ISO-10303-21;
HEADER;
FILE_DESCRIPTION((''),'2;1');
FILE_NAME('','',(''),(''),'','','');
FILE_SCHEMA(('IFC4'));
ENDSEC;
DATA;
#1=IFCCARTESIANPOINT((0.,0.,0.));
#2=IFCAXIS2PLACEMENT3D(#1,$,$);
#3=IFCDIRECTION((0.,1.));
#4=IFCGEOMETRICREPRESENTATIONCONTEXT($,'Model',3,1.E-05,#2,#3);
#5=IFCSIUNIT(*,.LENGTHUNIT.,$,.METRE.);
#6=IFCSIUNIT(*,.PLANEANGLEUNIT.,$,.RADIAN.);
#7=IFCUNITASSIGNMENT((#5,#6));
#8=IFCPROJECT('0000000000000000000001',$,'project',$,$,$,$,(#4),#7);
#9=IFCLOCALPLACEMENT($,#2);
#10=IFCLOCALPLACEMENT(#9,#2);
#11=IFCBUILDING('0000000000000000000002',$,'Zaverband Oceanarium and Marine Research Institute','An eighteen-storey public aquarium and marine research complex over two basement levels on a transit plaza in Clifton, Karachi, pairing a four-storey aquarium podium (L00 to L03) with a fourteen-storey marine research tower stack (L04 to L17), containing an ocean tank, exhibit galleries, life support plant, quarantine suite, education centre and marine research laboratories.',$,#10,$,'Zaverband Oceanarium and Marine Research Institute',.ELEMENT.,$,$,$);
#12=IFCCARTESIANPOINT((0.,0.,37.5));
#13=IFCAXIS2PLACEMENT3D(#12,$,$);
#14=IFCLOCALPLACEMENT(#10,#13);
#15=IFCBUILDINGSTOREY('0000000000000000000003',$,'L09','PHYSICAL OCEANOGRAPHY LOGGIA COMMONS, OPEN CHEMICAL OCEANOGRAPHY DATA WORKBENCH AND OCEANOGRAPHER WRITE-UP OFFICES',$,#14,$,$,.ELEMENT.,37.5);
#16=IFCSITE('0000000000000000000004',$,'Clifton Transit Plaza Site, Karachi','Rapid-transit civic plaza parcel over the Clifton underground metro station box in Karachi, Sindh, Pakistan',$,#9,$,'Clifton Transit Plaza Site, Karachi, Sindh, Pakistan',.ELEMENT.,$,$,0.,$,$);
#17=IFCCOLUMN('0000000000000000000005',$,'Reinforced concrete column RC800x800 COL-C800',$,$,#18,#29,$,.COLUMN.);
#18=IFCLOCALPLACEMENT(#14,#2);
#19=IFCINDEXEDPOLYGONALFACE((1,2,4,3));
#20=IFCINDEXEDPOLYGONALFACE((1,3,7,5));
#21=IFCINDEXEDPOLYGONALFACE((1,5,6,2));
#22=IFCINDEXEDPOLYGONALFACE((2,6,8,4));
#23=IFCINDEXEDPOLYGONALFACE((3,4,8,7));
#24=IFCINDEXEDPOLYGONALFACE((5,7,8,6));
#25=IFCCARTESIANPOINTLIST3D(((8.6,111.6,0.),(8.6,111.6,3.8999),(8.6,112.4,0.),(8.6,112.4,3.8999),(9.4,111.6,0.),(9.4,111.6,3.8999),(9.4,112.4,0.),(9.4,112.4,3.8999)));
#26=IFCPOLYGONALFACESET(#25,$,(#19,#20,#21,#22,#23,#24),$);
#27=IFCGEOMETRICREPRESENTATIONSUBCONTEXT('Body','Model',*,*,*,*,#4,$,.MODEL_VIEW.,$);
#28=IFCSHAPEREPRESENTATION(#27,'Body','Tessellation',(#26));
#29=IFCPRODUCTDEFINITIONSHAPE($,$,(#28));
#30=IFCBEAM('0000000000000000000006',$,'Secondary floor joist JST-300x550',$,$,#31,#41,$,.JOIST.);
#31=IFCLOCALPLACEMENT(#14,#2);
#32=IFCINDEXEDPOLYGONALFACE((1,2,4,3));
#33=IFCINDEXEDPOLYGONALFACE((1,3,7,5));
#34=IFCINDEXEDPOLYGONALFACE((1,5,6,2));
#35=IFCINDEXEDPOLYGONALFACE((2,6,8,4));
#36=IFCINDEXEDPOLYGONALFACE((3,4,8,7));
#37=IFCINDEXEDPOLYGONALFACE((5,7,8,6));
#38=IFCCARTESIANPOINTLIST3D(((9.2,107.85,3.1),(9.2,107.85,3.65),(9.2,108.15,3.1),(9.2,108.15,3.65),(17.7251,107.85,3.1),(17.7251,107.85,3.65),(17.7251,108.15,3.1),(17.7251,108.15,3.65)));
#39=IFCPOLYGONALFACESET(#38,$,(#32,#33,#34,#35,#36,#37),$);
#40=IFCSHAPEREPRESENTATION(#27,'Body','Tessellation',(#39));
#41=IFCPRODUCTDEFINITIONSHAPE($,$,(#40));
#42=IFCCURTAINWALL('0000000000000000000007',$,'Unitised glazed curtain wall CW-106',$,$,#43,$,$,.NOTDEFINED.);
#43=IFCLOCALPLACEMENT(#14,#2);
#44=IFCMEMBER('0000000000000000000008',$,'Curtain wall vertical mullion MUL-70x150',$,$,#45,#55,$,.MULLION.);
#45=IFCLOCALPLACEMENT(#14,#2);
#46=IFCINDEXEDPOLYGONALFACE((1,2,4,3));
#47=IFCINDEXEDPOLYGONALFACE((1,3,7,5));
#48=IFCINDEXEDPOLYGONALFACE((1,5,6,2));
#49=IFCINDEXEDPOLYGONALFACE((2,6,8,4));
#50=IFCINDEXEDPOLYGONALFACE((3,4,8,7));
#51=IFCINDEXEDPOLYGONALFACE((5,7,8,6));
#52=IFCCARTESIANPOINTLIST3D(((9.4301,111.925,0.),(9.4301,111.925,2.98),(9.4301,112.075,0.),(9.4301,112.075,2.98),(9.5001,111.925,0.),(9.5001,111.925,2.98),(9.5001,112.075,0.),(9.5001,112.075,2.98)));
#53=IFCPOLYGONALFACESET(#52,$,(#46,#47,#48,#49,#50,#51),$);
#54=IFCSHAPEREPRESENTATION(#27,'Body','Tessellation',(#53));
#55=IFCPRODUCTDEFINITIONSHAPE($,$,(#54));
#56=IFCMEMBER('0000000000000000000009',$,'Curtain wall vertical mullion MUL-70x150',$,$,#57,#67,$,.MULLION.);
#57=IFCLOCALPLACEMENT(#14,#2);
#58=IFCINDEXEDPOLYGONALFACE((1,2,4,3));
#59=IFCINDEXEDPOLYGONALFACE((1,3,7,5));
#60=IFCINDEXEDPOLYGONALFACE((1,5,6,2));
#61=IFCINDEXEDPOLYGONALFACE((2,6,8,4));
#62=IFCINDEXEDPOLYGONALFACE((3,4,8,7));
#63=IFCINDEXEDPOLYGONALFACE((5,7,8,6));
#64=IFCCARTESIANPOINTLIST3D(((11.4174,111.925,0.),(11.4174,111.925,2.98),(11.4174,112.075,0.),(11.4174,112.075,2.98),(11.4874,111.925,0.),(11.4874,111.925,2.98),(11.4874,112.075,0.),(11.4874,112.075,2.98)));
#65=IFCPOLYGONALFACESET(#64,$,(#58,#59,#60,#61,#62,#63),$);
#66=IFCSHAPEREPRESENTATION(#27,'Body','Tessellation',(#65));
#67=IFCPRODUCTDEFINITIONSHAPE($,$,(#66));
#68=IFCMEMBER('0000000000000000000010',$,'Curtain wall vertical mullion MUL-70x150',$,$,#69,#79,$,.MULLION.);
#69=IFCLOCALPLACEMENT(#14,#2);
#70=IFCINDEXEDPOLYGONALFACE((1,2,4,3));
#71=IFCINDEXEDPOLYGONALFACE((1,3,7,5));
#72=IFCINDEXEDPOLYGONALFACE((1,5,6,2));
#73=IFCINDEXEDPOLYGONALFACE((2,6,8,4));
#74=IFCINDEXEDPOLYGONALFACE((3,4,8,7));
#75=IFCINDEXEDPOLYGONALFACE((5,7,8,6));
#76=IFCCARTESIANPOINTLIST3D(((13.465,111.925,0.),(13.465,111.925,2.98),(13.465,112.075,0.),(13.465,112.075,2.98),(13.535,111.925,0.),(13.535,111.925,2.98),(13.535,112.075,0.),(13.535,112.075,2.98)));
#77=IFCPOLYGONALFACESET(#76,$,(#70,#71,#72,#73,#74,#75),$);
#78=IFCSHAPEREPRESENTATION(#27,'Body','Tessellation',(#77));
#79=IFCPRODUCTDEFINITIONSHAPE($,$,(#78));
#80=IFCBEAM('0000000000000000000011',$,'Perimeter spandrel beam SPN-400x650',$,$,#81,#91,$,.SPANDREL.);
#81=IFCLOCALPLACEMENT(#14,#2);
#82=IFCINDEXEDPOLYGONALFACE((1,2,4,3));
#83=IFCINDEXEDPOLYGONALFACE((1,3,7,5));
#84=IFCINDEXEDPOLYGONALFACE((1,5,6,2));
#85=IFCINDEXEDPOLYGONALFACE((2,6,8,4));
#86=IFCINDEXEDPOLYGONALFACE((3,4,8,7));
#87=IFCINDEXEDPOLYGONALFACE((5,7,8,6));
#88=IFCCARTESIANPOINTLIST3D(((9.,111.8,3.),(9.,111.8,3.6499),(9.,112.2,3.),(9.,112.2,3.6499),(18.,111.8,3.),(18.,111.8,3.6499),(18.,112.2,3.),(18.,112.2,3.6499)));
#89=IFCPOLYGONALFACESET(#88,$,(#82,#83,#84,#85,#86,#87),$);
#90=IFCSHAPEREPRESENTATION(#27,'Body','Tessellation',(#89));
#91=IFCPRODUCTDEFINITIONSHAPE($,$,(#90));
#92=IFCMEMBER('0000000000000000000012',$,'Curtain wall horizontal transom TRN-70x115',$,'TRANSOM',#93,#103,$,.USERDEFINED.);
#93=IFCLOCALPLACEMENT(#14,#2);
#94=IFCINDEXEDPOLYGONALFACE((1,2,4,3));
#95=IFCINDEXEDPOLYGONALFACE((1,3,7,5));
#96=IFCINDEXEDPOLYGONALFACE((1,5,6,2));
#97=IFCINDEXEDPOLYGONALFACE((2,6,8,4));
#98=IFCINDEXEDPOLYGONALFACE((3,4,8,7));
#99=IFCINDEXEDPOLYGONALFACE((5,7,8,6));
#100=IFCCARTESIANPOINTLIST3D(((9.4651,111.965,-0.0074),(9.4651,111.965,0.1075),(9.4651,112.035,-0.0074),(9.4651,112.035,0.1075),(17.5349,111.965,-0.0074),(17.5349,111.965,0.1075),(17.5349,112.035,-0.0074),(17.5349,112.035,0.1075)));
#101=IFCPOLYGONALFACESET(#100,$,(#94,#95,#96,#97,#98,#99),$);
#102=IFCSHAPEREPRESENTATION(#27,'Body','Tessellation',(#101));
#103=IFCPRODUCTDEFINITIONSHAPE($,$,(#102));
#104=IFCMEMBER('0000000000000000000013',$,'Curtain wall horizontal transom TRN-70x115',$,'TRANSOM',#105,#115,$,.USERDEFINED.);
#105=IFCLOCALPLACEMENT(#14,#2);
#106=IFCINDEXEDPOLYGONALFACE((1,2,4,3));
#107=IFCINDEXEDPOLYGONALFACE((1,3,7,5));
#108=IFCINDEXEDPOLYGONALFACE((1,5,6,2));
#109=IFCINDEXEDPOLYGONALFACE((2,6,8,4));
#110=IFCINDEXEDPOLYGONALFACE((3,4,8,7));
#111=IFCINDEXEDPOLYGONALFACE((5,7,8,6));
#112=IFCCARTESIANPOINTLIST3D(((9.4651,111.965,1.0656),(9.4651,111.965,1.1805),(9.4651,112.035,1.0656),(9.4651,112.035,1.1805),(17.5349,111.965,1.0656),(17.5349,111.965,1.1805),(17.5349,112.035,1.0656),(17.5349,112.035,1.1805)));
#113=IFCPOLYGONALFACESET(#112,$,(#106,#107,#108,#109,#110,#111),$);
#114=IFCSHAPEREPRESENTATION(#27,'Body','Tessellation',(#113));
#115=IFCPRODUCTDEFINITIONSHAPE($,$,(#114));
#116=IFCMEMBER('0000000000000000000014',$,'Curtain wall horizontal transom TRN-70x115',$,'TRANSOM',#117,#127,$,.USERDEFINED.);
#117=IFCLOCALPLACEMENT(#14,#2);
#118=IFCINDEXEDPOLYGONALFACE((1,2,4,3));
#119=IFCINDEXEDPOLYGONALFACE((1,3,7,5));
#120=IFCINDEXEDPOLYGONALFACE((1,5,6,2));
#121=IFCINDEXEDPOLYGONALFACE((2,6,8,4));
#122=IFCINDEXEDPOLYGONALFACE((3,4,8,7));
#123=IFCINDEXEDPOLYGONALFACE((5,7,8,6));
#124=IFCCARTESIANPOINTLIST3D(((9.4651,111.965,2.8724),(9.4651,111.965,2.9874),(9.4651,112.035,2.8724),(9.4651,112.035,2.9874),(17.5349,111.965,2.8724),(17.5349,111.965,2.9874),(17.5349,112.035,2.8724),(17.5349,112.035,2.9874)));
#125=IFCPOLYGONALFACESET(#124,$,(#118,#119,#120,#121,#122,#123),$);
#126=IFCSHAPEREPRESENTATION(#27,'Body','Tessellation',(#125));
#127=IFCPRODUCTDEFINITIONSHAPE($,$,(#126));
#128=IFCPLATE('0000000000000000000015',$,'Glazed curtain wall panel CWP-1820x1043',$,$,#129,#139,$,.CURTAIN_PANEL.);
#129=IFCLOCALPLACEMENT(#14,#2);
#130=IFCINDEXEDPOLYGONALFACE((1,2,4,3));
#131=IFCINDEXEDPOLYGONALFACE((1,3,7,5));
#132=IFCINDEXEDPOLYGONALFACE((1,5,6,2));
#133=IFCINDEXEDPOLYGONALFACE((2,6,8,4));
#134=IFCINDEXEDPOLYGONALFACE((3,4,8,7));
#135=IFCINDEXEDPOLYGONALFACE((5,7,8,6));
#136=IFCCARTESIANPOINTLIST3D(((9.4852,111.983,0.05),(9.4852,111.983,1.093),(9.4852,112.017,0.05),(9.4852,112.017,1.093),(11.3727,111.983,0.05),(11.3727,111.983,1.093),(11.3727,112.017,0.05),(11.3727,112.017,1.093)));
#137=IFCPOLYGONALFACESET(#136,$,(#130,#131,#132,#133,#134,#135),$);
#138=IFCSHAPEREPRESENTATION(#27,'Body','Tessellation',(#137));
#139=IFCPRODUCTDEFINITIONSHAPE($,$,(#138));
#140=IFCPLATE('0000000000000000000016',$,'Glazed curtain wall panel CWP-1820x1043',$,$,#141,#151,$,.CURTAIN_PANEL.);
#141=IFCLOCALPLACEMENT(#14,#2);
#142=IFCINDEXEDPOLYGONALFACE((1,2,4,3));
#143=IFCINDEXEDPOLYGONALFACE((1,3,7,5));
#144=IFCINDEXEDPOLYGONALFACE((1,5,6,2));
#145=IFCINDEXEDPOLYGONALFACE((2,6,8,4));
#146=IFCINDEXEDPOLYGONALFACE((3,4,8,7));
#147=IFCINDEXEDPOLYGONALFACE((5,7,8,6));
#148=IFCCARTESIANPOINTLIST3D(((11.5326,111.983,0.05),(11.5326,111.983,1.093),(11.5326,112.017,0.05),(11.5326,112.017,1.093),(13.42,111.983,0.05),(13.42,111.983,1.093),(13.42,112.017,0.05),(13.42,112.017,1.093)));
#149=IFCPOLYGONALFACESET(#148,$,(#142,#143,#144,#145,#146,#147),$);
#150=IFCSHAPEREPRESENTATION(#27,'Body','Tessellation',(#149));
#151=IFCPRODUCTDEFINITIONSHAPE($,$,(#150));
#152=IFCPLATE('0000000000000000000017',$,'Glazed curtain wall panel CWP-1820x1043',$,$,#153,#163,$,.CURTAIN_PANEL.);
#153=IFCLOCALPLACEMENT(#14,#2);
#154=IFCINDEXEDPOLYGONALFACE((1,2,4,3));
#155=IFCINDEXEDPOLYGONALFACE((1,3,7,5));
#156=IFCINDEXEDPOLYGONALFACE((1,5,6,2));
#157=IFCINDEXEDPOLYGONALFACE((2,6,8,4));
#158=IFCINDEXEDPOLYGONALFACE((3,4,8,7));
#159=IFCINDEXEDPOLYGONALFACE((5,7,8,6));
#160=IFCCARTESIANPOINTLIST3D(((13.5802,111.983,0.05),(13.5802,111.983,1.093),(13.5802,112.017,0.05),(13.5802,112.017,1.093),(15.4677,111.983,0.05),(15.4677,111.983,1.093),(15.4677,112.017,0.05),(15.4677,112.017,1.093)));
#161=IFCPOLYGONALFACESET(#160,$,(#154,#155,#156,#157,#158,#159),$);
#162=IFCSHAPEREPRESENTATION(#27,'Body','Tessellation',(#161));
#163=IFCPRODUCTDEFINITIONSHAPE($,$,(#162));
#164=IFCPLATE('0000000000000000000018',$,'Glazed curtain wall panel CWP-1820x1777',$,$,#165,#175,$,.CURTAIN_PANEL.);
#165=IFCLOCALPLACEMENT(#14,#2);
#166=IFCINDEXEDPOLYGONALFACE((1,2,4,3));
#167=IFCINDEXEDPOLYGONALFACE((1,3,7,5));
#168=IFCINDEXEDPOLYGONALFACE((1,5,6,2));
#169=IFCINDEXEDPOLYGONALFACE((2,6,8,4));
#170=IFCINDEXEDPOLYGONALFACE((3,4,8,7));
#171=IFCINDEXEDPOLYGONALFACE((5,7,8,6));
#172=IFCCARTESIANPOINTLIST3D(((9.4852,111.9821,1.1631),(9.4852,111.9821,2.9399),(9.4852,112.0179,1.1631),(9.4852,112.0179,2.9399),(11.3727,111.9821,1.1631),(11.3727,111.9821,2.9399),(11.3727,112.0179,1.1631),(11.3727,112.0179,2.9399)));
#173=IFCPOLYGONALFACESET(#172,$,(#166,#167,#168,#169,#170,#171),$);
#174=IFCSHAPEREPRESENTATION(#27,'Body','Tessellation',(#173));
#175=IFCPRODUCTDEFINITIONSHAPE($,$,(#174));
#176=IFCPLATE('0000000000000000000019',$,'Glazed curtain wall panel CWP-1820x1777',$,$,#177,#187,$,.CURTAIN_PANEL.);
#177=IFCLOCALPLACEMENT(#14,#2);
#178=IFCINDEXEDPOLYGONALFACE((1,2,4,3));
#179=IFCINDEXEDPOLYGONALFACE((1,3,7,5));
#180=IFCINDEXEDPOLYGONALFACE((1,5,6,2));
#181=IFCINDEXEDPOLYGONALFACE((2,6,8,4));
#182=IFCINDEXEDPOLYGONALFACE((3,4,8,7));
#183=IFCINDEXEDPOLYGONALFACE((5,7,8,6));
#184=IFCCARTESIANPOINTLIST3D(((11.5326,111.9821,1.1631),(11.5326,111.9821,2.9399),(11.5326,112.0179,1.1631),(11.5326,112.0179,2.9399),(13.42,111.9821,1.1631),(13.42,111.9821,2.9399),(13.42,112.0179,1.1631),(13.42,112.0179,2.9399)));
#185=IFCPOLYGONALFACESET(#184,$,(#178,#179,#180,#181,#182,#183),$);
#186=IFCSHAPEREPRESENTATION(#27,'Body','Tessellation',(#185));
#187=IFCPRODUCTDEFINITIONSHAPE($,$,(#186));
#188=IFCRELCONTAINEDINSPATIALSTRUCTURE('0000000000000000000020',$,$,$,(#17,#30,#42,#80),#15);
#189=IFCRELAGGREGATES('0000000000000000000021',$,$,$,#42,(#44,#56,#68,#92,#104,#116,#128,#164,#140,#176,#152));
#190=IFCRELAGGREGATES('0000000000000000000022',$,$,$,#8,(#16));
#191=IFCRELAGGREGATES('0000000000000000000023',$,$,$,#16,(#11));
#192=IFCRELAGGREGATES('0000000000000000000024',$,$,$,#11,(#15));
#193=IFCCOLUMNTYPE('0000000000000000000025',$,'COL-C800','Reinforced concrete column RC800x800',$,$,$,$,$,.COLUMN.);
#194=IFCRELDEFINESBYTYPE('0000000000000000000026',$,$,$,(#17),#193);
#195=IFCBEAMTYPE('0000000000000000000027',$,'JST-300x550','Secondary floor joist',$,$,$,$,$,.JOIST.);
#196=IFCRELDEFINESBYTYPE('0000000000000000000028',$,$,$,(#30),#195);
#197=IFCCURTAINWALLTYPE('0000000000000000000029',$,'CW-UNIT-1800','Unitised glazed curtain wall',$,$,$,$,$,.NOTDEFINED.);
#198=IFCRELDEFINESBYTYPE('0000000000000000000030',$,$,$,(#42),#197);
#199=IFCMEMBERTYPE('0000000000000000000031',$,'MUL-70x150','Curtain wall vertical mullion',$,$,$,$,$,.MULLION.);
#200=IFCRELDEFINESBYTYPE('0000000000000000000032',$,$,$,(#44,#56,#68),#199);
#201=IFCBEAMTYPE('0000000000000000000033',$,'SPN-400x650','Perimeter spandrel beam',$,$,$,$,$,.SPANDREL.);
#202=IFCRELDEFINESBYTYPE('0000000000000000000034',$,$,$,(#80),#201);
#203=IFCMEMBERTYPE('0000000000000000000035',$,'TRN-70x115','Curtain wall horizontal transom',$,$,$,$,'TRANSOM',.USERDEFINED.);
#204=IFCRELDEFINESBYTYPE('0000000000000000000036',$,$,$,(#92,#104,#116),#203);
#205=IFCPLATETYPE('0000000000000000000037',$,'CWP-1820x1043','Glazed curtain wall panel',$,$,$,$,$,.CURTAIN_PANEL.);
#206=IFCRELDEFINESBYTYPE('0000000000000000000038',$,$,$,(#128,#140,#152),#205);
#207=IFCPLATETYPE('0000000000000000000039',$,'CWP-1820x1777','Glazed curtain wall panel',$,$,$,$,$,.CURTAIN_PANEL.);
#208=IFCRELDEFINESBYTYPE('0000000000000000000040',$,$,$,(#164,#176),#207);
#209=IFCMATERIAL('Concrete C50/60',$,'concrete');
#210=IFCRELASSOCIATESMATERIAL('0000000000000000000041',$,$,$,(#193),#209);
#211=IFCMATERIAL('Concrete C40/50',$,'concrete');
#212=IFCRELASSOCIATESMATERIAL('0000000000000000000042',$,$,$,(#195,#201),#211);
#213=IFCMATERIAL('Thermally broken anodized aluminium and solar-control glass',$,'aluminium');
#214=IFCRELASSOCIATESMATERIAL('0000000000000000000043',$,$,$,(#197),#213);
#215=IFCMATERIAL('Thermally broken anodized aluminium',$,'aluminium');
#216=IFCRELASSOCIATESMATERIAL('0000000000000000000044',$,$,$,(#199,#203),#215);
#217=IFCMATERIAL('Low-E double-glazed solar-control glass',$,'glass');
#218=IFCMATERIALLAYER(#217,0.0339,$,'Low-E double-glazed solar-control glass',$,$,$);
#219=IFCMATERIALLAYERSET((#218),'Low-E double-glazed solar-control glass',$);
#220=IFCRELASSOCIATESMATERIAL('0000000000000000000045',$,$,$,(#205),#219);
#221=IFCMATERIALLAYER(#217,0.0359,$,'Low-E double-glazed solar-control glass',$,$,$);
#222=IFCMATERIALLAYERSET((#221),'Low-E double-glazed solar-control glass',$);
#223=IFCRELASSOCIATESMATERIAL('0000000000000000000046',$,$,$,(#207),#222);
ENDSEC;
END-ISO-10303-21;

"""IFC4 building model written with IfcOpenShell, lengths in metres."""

from ifc_helpers import new_model, si_unit, direction, frame, frame_2d, origin, origin_2d, place, context, subcontext, project, spatial, rectangle, extrude, material, layer, layer_set, material_profile, profile_set, type_object, element, aggregate, save


model = new_model("IFC4")

# Units and contexts
model_context = context("Model", 3, precision=1e-05, world=origin(), true_north=direction((0.0, 1.0)))
body_context = subcontext(model_context, "Body", "Model", "MODEL_VIEW")
ifc_project = project(units=[si_unit("LENGTHUNIT", "METRE"), si_unit("PLANEANGLEUNIT", "RADIAN")], contexts=[model_context])

# Site, building, storey
site_placement = place(None, origin())
site = spatial("IfcSite", under=ifc_project, at=site_placement, Name="Clifton Transit Plaza Site, Karachi", Description="Rapid-transit civic plaza parcel over the Clifton underground metro station box in Karachi, Sindh, Pakistan", LongName="Clifton Transit Plaza Site, Karachi, Sindh, Pakistan", CompositionType="ELEMENT", RefElevation=0.0)
building_placement = place(site_placement, origin())
building = spatial("IfcBuilding", under=site, at=building_placement, Name="Zaverband Oceanarium and Marine Research Institute", Description="An eighteen-storey public aquarium and marine research complex over two basement levels on a transit plaza in Clifton, Karachi, pairing a four-storey aquarium podium (L00 to L03) with a fourteen-storey marine research tower stack (L04 to L17), containing an ocean tank, exhibit galleries, life support plant, quarantine suite, education centre and marine research laboratories.", LongName="Zaverband Oceanarium and Marine Research Institute", CompositionType="ELEMENT")
storey_placement = place(building_placement, frame((0.0, 0.0, 37.5)))
storey = spatial("IfcBuildingStorey", under=building, at=storey_placement, Name="L09", Description="PHYSICAL OCEANOGRAPHY LOGGIA COMMONS, OPEN CHEMICAL OCEANOGRAPHY DATA WORKBENCH AND OCEANOGRAPHER WRITE-UP OFFICES", CompositionType="ELEMENT", Elevation=37.5)

# Column
ifc_material_1 = material(Name="Concrete C50/60", Category="concrete")
ifc_material_profile_1 = material_profile(ifc_material_1, rectangle(XDim=0.8, YDim=0.8, at=origin_2d()), Name="RC800x800")
ifc_profile_set_1 = profile_set([ifc_material_profile_1], Name="Concrete C50/60")
column_type = type_object("IfcColumnType", Name="COL-C800", Description="Reinforced concrete column RC800x800", PredefinedType="COLUMN", material=ifc_profile_set_1)
column_placement = place(storey_placement, frame((9.0, 112.0, 0.0), z_axis=(0.0, 0.0, 1.0), x_axis=(1.0, 0.0, 0.0)))
element("IfcColumn", 1, at=column_placement, inside=storey, type_object=column_type, Name="Reinforced concrete column RC800x800 COL-C800", PredefinedType="COLUMN", context=body_context, shape_type="SweptSolid", body=[
    extrude(rectangle(XDim=0.8, YDim=0.8, at=origin_2d()), origin(), (0.0, 0.0, 1.0), 3.8999),
])

# Beam
ifc_material_2 = material(Name="Concrete C40/50", Category="concrete")
ifc_material_profile_2 = material_profile(ifc_material_2, rectangle(XDim=0.3, YDim=0.55, at=origin_2d()), Name="RC300x550")
ifc_profile_set_2 = profile_set([ifc_material_profile_2], Name="Concrete C40/50")
beam_type_1 = type_object("IfcBeamType", Name="JST-300x550", Description="Secondary floor joist", PredefinedType="JOIST", material=ifc_profile_set_2)
beam_1_placement = place(storey_placement, frame((9.2, 108.0, 3.375), z_axis=(1.0, 0.0, 0.0), x_axis=(0.0, 1.0, 0.0)))
element("IfcBeam", 2, at=beam_1_placement, inside=storey, type_object=beam_type_1, Name="Secondary floor joist JST-300x550", PredefinedType="JOIST", context=body_context, shape_type="SweptSolid", body=[
    extrude(rectangle(XDim=0.3, YDim=0.55, at=origin_2d()), origin(), (0.0, 0.0, 1.0), 8.5251),
])

# Curtain wall, members
ifc_material_3 = material(Name="Thermally broken anodized aluminium and solar-control glass", Category="aluminium")
curtain_wall_type = type_object("IfcCurtainWallType", Name="CW-UNIT-1800", Description="Unitised glazed curtain wall", PredefinedType="NOTDEFINED", material=ifc_material_3)
curtain_wall_placement = place(storey_placement, origin())
curtain_wall = element("IfcCurtainWall", 3, at=curtain_wall_placement, inside=storey, type_object=curtain_wall_type, Name="Unitised glazed curtain wall CW-106", PredefinedType="NOTDEFINED")
ifc_material_4 = material(Name="Thermally broken anodized aluminium", Category="aluminium")
ifc_material_profile_3 = material_profile(ifc_material_4, rectangle(XDim=0.0701, YDim=0.1499, at=origin_2d()), Name="AL-MUL-70x150")
ifc_profile_set_3 = profile_set([ifc_material_profile_3], Name="Thermally broken anodized aluminium")
member_type_1 = type_object("IfcMemberType", Name="MUL-70x150", Description="Curtain wall vertical mullion", PredefinedType="MULLION", material=ifc_profile_set_3)
member_1_placement = place(storey_placement, frame((9.4651, 112.0, 0.0), z_axis=(0.0, 0.0, 1.0), x_axis=(1.0, 0.0, 0.0)))
member_1 = element("IfcMember", 4, at=member_1_placement, type_object=member_type_1, Name="Curtain wall vertical mullion MUL-70x150", PredefinedType="MULLION", context=body_context, shape_type="SweptSolid", body=[
    extrude(rectangle(XDim=0.0701, YDim=0.1499, at=origin_2d()), origin(), (0.0, 0.0, 1.0), 2.98),
])
member_2_placement = place(storey_placement, frame((11.4524, 112.0, 0.0), z_axis=(0.0, 0.0, 1.0), x_axis=(1.0, 0.0, 0.0)))
member_2 = element("IfcMember", 5, at=member_2_placement, type_object=member_type_1, Name="Curtain wall vertical mullion MUL-70x150", PredefinedType="MULLION", context=body_context, shape_type="SweptSolid", body=[
    extrude(rectangle(XDim=0.0701, YDim=0.1499, at=origin_2d()), origin(), (0.0, 0.0, 1.0), 2.98),
])
member_3_placement = place(storey_placement, frame((13.5, 112.0, 0.0), z_axis=(0.0, 0.0, 1.0), x_axis=(1.0, 0.0, 0.0)))
member_3 = element("IfcMember", 6, at=member_3_placement, type_object=member_type_1, Name="Curtain wall vertical mullion MUL-70x150", PredefinedType="MULLION", context=body_context, shape_type="SweptSolid", body=[
    extrude(rectangle(XDim=0.0701, YDim=0.1499, at=origin_2d()), origin(), (0.0, 0.0, 1.0), 2.98),
])

# Beam
ifc_material_profile_4 = material_profile(ifc_material_2, rectangle(XDim=0.3999, YDim=0.6499, at=origin_2d()), Name="RC400x650")
ifc_profile_set_4 = profile_set([ifc_material_profile_4], Name="Concrete C40/50")
beam_type_2 = type_object("IfcBeamType", Name="SPN-400x650", Description="Perimeter spandrel beam", PredefinedType="SPANDREL", material=ifc_profile_set_4)
beam_2_placement = place(storey_placement, frame((9.0, 112.0, 3.325), z_axis=(1.0, 0.0, 0.0), x_axis=(0.0, 1.0, 0.0)))
element("IfcBeam", 7, at=beam_2_placement, inside=storey, type_object=beam_type_2, Name="Perimeter spandrel beam SPN-400x650", PredefinedType="SPANDREL", context=body_context, shape_type="SweptSolid", body=[
    extrude(rectangle(XDim=0.3999, YDim=0.6499, at=origin_2d()), origin(), (0.0, 0.0, 1.0), 9.0),
])

# Members
ifc_material_profile_5 = material_profile(ifc_material_4, rectangle(XDim=0.0701, YDim=0.115, at=origin_2d()), Name="AL-TRN-70x115")
ifc_profile_set_5 = profile_set([ifc_material_profile_5], Name="Thermally broken anodized aluminium")
member_type_2 = type_object("IfcMemberType", Name="TRN-70x115", Description="Curtain wall horizontal transom", ElementType="TRANSOM", PredefinedType="USERDEFINED", material=ifc_profile_set_5)
member_4_placement = place(storey_placement, frame((9.4651, 112.0, 0.05), z_axis=(1.0, 0.0, 0.0), x_axis=(0.0, 1.0, 0.0)))
member_4 = element("IfcMember", 8, at=member_4_placement, type_object=member_type_2, Name="Curtain wall horizontal transom TRN-70x115", ObjectType="TRANSOM", PredefinedType="USERDEFINED", context=body_context, shape_type="SweptSolid", body=[
    extrude(rectangle(XDim=0.0701, YDim=0.115, at=origin_2d()), origin(), (0.0, 0.0, 1.0), 8.0698),
])
member_5_placement = place(storey_placement, frame((9.4651, 112.0, 1.123), z_axis=(1.0, 0.0, 0.0), x_axis=(0.0, 1.0, 0.0)))
member_5 = element("IfcMember", 9, at=member_5_placement, type_object=member_type_2, Name="Curtain wall horizontal transom TRN-70x115", ObjectType="TRANSOM", PredefinedType="USERDEFINED", context=body_context, shape_type="SweptSolid", body=[
    extrude(rectangle(XDim=0.0701, YDim=0.115, at=origin_2d()), origin(), (0.0, 0.0, 1.0), 8.0698),
])
member_6_placement = place(storey_placement, frame((9.4651, 112.0, 2.9299), z_axis=(1.0, 0.0, 0.0), x_axis=(0.0, 1.0, 0.0)))
member_6 = element("IfcMember", 10, at=member_6_placement, type_object=member_type_2, Name="Curtain wall horizontal transom TRN-70x115", ObjectType="TRANSOM", PredefinedType="USERDEFINED", context=body_context, shape_type="SweptSolid", body=[
    extrude(rectangle(XDim=0.0701, YDim=0.115, at=origin_2d()), origin(), (0.0, 0.0, 1.0), 8.0698),
])

# Plates
ifc_material_5 = material(Name="Low-E double-glazed solar-control glass", Category="glass")
ifc_layer_1 = layer(ifc_material_5, 0.0339, Name="Low-E double-glazed solar-control glass")
ifc_layer_set_1 = layer_set([ifc_layer_1], Name="Low-E double-glazed solar-control glass")
plate_type_1 = type_object("IfcPlateType", Name="CWP-1820x1043", Description="Glazed curtain wall panel", PredefinedType="CURTAIN_PANEL", material=ifc_layer_set_1)
plate_1_placement = place(storey_placement, frame((9.4851, 112.0, 0.05), z_axis=(0.0, 0.0, 1.0), x_axis=(1.0, 0.0, 0.0)))
plate_1 = element("IfcPlate", 11, at=plate_1_placement, type_object=plate_type_1, Name="Glazed curtain wall panel CWP-1820x1043", PredefinedType="CURTAIN_PANEL", context=body_context, shape_type="SweptSolid", body=[
    extrude(rectangle(XDim=1.8875, YDim=0.0339, at=frame_2d((0.9438, 0.0))), origin(), (0.0, 0.0, 1.0), 1.043),
])
plate_2_placement = place(storey_placement, frame((11.5325, 112.0, 0.05), z_axis=(0.0, 0.0, 1.0), x_axis=(1.0, 0.0, 0.0)))
plate_2 = element("IfcPlate", 12, at=plate_2_placement, type_object=plate_type_1, Name="Glazed curtain wall panel CWP-1820x1043", PredefinedType="CURTAIN_PANEL", context=body_context, shape_type="SweptSolid", body=[
    extrude(rectangle(XDim=1.8875, YDim=0.0339, at=frame_2d((0.9438, 0.0))), origin(), (0.0, 0.0, 1.0), 1.043),
])
plate_3_placement = place(storey_placement, frame((13.5801, 112.0, 0.05), z_axis=(0.0, 0.0, 1.0), x_axis=(1.0, 0.0, 0.0)))
plate_3 = element("IfcPlate", 13, at=plate_3_placement, type_object=plate_type_1, Name="Glazed curtain wall panel CWP-1820x1043", PredefinedType="CURTAIN_PANEL", context=body_context, shape_type="SweptSolid", body=[
    extrude(rectangle(XDim=1.8875, YDim=0.0339, at=frame_2d((0.9438, 0.0))), origin(), (0.0, 0.0, 1.0), 1.043),
])
ifc_layer_2 = layer(ifc_material_5, 0.0359, Name="Low-E double-glazed solar-control glass")
ifc_layer_set_2 = layer_set([ifc_layer_2], Name="Low-E double-glazed solar-control glass")
plate_type_2 = type_object("IfcPlateType", Name="CWP-1820x1777", Description="Glazed curtain wall panel", PredefinedType="CURTAIN_PANEL", material=ifc_layer_set_2)
plate_4_placement = place(storey_placement, frame((9.4851, 112.0, 1.1631), z_axis=(0.0, 0.0, 1.0), x_axis=(1.0, 0.0, 0.0)))
plate_4 = element("IfcPlate", 14, at=plate_4_placement, type_object=plate_type_2, Name="Glazed curtain wall panel CWP-1820x1777", PredefinedType="CURTAIN_PANEL", context=body_context, shape_type="SweptSolid", body=[
    extrude(rectangle(XDim=1.8875, YDim=0.0359, at=frame_2d((0.9438, 0.0))), origin(), (0.0, 0.0, 1.0), 1.7769),
])
plate_5_placement = place(storey_placement, frame((11.5325, 112.0, 1.1631), z_axis=(0.0, 0.0, 1.0), x_axis=(1.0, 0.0, 0.0)))
plate_5 = element("IfcPlate", 15, at=plate_5_placement, type_object=plate_type_2, Name="Glazed curtain wall panel CWP-1820x1777", PredefinedType="CURTAIN_PANEL", context=body_context, shape_type="SweptSolid", body=[
    extrude(rectangle(XDim=1.8875, YDim=0.0359, at=frame_2d((0.9438, 0.0))), origin(), (0.0, 0.0, 1.0), 1.7769),
])
aggregate(curtain_wall, [member_1, member_2, member_3, member_4, member_5, member_6, plate_1, plate_4, plate_2, plate_5, plate_3])

save(model, "model.ifc")
